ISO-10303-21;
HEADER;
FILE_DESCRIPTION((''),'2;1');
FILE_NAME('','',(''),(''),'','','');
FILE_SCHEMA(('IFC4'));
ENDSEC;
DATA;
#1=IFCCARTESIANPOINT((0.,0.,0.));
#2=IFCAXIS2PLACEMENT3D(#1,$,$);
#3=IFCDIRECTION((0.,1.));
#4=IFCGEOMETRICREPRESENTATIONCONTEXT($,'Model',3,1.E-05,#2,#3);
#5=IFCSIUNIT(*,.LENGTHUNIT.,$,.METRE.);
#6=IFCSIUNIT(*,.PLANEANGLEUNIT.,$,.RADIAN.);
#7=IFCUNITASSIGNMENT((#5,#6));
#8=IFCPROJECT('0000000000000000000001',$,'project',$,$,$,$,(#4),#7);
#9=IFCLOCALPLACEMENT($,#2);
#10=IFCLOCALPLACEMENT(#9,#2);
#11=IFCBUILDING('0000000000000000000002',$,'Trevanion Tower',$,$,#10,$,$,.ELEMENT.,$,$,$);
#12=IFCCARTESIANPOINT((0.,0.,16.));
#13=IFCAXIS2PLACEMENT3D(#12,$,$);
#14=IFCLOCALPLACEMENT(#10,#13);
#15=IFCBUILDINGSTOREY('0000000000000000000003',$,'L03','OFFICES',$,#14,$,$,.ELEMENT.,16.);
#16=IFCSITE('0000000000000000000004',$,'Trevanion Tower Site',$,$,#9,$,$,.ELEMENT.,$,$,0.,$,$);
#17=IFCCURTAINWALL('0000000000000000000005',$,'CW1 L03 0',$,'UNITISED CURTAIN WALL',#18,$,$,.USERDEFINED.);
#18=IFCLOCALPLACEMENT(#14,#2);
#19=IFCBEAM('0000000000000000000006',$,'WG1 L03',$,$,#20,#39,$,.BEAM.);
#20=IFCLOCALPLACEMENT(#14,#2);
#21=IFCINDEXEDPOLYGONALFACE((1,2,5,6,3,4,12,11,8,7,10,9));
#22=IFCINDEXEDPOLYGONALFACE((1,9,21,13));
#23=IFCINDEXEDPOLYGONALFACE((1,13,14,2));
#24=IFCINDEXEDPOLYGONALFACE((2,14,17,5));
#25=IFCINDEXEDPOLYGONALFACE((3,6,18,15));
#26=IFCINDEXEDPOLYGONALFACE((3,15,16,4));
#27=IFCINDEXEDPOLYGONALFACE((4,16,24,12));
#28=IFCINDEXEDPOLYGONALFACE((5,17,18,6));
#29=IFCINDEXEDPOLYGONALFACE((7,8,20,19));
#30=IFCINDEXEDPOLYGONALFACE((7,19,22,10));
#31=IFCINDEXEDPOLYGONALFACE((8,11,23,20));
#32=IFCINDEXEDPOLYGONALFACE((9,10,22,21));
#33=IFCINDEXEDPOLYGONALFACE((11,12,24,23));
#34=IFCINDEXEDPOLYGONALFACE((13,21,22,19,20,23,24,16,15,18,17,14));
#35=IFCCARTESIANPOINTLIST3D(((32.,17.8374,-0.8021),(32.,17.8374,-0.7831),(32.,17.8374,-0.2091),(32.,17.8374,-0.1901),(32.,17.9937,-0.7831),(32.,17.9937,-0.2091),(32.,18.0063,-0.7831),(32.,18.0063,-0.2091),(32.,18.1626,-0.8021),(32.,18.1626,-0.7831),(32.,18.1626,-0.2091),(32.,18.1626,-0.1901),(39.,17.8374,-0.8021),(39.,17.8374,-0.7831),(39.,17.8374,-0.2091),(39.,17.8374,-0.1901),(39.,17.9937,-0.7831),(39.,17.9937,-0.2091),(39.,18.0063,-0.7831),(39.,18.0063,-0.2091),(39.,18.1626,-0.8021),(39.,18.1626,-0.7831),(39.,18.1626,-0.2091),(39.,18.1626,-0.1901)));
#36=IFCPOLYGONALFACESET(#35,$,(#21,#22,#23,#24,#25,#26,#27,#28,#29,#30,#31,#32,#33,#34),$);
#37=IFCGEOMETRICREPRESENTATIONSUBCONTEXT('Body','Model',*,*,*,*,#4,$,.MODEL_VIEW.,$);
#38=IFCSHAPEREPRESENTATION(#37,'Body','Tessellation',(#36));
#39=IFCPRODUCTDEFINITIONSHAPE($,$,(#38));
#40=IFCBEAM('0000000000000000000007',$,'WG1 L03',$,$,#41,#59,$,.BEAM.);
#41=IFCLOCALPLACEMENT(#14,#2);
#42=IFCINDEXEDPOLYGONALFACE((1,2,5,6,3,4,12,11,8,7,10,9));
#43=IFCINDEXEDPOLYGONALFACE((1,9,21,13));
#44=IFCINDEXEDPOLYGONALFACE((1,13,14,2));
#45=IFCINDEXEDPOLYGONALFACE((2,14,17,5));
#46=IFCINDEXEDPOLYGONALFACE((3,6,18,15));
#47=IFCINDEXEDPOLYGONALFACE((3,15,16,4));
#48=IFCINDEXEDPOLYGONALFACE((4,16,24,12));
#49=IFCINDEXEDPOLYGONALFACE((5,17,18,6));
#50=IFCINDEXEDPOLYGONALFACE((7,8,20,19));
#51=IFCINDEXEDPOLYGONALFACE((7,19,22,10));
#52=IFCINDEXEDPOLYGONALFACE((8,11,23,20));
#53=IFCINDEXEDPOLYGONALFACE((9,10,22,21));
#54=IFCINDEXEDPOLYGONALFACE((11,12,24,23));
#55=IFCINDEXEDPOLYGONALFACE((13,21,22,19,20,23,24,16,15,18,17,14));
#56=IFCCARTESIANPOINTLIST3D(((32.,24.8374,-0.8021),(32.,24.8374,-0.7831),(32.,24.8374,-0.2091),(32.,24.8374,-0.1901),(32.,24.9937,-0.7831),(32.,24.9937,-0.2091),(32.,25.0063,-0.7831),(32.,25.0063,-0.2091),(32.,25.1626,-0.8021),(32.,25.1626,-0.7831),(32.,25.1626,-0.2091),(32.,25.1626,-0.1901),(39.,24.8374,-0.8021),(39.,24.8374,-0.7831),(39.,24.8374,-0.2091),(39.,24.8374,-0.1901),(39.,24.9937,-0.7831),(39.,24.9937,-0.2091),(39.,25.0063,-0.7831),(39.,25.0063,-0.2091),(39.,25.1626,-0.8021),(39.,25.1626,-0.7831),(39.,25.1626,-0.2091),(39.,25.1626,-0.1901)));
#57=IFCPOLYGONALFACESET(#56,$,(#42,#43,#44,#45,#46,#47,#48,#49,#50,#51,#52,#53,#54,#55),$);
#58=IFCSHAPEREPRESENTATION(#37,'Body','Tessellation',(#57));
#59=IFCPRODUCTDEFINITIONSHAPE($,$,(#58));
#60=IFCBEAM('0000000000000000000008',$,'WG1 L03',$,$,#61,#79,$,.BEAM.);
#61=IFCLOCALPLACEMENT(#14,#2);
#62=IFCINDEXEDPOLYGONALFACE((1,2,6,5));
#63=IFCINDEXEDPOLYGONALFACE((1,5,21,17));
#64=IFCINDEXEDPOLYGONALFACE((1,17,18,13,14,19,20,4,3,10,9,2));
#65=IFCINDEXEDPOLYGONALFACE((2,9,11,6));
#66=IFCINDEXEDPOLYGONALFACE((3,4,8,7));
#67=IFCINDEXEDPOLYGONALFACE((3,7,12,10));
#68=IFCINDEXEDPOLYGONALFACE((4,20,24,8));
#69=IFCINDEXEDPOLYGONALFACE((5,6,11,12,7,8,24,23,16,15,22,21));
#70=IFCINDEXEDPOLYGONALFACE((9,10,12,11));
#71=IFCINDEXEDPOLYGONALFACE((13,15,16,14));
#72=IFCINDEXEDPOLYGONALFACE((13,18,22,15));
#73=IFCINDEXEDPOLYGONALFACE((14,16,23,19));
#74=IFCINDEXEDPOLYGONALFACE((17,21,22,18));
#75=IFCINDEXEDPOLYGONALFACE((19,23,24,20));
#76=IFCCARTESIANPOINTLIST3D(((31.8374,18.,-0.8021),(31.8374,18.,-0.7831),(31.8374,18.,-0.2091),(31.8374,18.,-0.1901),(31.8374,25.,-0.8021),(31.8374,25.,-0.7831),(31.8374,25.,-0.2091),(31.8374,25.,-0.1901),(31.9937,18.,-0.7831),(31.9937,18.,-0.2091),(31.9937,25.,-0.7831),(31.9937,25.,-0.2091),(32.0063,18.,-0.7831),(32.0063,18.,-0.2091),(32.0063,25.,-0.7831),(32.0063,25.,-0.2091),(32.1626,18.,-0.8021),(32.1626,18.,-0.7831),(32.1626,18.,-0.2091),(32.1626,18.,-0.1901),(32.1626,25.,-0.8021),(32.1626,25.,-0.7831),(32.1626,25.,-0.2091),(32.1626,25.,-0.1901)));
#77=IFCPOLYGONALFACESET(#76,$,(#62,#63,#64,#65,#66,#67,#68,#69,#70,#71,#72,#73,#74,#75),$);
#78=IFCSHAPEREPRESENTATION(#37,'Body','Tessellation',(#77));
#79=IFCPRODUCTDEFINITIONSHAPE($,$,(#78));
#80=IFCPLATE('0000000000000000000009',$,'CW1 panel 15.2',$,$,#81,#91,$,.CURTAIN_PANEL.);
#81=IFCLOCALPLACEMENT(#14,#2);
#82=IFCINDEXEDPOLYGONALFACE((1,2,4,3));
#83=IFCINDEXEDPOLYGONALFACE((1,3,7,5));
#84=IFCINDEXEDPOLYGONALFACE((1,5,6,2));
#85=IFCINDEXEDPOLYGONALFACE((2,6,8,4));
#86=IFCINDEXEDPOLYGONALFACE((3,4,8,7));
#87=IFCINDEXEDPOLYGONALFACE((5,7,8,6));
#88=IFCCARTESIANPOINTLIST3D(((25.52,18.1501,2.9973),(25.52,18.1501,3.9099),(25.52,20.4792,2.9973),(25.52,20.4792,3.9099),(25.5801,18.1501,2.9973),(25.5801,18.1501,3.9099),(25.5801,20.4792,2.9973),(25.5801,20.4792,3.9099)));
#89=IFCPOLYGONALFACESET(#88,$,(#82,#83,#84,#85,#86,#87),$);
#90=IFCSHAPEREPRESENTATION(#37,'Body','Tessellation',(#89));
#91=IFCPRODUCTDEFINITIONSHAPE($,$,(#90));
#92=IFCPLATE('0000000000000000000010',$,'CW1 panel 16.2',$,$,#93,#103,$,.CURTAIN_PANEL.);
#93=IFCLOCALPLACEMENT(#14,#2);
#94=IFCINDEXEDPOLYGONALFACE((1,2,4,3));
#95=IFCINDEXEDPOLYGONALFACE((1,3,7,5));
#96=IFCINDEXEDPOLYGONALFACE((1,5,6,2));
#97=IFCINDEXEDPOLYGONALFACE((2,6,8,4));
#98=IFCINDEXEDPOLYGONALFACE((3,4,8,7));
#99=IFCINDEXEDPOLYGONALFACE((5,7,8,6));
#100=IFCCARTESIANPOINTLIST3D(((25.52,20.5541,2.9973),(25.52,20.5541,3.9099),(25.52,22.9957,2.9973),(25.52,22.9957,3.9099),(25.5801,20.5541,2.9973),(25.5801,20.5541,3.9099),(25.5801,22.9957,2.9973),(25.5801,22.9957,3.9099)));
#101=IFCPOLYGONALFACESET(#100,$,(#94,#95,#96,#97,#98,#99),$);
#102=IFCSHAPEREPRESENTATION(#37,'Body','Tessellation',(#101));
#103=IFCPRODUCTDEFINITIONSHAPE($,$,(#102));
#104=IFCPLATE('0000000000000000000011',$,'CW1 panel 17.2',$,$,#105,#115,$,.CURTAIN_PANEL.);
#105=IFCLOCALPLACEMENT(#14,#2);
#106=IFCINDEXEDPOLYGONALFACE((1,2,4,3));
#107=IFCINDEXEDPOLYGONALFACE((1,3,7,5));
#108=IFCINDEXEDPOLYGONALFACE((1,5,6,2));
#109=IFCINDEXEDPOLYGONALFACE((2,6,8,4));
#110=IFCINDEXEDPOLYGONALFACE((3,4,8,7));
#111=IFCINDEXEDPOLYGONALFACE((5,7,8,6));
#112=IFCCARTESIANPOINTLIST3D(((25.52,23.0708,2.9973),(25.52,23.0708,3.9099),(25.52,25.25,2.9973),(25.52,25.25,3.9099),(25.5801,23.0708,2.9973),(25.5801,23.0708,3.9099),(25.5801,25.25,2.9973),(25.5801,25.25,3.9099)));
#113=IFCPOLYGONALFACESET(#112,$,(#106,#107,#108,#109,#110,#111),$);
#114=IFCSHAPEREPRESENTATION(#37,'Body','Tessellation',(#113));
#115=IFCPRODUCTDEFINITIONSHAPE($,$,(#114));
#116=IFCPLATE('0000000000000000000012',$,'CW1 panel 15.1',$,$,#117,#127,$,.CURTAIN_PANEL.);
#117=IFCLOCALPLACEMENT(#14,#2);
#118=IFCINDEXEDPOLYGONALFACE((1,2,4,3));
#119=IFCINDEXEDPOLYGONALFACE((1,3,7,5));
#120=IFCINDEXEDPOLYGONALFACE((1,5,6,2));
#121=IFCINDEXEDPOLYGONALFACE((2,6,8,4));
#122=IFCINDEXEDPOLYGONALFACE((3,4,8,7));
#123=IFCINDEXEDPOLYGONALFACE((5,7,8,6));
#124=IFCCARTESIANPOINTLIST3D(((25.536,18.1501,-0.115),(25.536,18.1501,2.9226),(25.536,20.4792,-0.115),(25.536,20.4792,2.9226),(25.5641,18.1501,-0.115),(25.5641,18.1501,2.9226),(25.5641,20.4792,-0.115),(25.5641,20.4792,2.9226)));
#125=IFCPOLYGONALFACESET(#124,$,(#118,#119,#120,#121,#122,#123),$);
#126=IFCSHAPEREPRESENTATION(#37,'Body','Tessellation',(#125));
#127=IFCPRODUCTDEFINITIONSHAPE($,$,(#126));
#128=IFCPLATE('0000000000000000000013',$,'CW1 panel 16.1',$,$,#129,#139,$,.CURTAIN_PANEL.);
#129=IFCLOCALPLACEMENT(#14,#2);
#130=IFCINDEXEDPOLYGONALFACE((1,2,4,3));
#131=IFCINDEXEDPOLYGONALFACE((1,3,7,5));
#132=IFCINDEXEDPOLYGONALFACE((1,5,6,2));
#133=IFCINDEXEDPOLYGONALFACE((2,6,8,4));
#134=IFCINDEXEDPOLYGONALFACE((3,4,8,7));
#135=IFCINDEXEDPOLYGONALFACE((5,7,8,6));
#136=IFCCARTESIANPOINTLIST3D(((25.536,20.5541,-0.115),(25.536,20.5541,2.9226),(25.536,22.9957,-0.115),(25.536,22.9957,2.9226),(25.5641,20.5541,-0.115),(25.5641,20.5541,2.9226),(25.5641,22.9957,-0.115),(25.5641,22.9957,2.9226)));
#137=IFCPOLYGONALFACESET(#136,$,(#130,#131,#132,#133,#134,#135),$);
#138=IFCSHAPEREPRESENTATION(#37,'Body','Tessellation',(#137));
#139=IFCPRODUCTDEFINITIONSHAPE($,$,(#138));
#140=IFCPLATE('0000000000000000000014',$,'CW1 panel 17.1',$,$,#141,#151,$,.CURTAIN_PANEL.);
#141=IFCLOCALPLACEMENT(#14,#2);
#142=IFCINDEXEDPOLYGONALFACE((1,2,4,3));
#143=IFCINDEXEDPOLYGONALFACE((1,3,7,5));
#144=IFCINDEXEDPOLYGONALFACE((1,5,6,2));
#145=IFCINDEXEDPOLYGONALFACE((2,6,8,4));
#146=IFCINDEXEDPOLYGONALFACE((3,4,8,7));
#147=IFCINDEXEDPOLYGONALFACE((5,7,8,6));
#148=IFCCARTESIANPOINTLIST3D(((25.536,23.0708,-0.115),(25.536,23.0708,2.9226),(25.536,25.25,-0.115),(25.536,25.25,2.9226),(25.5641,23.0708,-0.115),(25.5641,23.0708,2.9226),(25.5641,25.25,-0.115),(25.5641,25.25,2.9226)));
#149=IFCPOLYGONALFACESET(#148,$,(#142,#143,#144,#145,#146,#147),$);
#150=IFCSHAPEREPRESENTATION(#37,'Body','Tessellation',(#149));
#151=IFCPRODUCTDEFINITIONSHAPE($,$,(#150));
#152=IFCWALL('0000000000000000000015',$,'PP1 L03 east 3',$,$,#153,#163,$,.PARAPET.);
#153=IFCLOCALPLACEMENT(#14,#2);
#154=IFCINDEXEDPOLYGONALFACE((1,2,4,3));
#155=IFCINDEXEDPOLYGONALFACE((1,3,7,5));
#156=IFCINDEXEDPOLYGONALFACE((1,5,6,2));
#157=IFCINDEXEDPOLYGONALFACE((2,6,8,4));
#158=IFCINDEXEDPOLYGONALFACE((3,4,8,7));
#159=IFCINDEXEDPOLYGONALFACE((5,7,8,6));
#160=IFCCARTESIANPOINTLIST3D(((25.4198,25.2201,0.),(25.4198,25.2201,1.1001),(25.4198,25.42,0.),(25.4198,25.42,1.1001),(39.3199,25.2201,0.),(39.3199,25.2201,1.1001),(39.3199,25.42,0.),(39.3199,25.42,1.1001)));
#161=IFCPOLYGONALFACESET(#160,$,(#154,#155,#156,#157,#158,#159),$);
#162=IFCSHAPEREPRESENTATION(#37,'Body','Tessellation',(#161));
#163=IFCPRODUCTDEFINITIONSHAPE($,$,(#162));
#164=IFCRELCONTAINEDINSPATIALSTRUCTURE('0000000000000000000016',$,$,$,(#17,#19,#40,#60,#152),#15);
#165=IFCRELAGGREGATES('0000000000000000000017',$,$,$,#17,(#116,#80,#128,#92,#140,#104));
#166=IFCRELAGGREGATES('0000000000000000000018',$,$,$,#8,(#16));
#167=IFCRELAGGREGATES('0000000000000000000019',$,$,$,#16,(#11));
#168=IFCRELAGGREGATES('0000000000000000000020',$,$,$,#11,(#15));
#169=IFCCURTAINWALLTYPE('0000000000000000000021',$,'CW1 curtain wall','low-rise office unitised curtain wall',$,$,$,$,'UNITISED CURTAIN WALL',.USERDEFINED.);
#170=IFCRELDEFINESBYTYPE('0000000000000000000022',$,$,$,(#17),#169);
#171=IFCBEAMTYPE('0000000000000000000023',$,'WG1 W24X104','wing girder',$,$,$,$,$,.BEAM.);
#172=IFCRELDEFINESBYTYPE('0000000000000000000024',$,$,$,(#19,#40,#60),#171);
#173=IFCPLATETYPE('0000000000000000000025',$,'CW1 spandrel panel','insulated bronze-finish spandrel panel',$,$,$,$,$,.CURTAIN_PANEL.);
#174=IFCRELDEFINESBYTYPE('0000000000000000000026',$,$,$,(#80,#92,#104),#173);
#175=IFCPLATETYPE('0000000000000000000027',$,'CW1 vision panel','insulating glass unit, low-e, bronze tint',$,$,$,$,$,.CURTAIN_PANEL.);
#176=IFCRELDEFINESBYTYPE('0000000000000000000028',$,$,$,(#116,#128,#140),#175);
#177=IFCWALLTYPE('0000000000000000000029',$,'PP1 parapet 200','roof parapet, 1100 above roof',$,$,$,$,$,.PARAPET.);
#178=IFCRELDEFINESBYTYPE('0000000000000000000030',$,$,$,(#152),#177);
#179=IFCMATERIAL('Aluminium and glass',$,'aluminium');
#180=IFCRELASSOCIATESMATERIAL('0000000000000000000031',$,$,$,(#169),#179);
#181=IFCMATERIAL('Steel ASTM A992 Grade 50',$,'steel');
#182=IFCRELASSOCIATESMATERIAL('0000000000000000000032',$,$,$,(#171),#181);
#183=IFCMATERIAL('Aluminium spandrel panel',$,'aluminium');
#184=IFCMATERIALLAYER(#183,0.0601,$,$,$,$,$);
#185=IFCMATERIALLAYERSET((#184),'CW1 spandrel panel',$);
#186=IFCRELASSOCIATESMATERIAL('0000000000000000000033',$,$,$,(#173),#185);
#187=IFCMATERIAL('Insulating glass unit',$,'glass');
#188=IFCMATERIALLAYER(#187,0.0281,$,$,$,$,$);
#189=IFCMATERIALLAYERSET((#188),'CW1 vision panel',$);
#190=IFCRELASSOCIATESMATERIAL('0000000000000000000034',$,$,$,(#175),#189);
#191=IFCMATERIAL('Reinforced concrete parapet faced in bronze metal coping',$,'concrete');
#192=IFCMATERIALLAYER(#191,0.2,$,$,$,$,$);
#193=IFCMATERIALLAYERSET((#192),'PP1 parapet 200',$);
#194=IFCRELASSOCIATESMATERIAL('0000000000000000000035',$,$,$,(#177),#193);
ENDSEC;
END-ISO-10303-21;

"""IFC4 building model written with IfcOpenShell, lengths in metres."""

from ifc_helpers import new_model, si_unit, direction, frame, frame_2d, origin, origin_2d, place, context, subcontext, project, spatial, rectangle, i_section, extrude, material, layer, layer_set, material_profile, profile_set, type_object, element, aggregate, save


model = new_model("IFC4")

# Units and contexts
model_context = context("Model", 3, precision=1e-05, world=origin(), true_north=direction((0.0, 1.0)))
body_context = subcontext(model_context, "Body", "Model", "MODEL_VIEW")
ifc_project = project(units=[si_unit("LENGTHUNIT", "METRE"), si_unit("PLANEANGLEUNIT", "RADIAN")], contexts=[model_context])

# Site, building, storey
site_placement = place(None, origin())
site = spatial("IfcSite", under=ifc_project, at=site_placement, Name="Trevanion Tower Site", CompositionType="ELEMENT", RefElevation=0.0)
building_placement = place(site_placement, origin())
building = spatial("IfcBuilding", under=site, at=building_placement, Name="Trevanion Tower", CompositionType="ELEMENT")
storey_placement = place(building_placement, frame((0.0, 0.0, 16.0)))
storey = spatial("IfcBuildingStorey", under=building, at=storey_placement, Name="L03", Description="OFFICES", CompositionType="ELEMENT", Elevation=16.0)

# Curtain wall
ifc_material_1 = material(Name="Aluminium and glass", Category="aluminium")
curtain_wall_type = type_object("IfcCurtainWallType", Name="CW1 curtain wall", Description="low-rise office unitised curtain wall", ElementType="UNITISED CURTAIN WALL", PredefinedType="USERDEFINED", material=ifc_material_1)
curtain_wall_placement = place(storey_placement, origin())
curtain_wall = element("IfcCurtainWall", 1, at=curtain_wall_placement, inside=storey, type_object=curtain_wall_type, Name="CW1 L03 0", ObjectType="UNITISED CURTAIN WALL", PredefinedType="USERDEFINED")

# Beams
ifc_material_2 = material(Name="Steel ASTM A992 Grade 50", Category="steel")
ifc_material_profile_1 = material_profile(ifc_material_2, i_section(OverallWidth=0.3252, OverallDepth=0.6121, WebThickness=0.0127, FlangeThickness=0.019, at=origin_2d()), Name="W24X104")
ifc_profile_set_1 = profile_set([ifc_material_profile_1], Name="Steel ASTM A992 Grade 50")
beam_type_1 = type_object("IfcBeamType", Name="WG1 W24X104", Description="wing girder", PredefinedType="BEAM", material=ifc_profile_set_1)
for number, where, z_axis, x_axis, name in (
    (2, (32.0, 18.0, -0.4961), (1.0, 0.0, 0.0), (0.0, 1.0, 0.0), "WG1 L03"),
    (3, (32.0, 25.0, -0.4961), (1.0, 0.0, 0.0), (0.0, 1.0, 0.0), "WG1 L03"),
    (4, (32.0, 18.0, -0.4961), (0.0, 1.0, 0.0), (-1.0, 0.0, 0.0), "WG1 L03"),
):
    element("IfcBeam", number, at=place(storey_placement, frame(where, z_axis=z_axis, x_axis=x_axis)), inside=storey, type_object=beam_type_1, Name=name, PredefinedType="BEAM", context=body_context, shape_type="SweptSolid", body=[
        extrude(i_section(OverallWidth=0.3252, OverallDepth=0.6121, WebThickness=0.0127, FlangeThickness=0.019, at=origin_2d()), origin(), (0.0, 0.0, 1.0), 7.0),
    ])

# Plates
ifc_material_3 = material(Name="Aluminium spandrel panel", Category="aluminium")
ifc_layer_1 = layer(ifc_material_3, 0.0601)
ifc_layer_set_1 = layer_set([ifc_layer_1], Name="CW1 spandrel panel")
plate_type_1 = type_object("IfcPlateType", Name="CW1 spandrel panel", Description="insulated bronze-finish spandrel panel", PredefinedType="CURTAIN_PANEL", material=ifc_layer_set_1)
plate_1_placement = place(storey_placement, frame((25.55, 19.3147, 2.9973), z_axis=(0.0, 0.0, 1.0), x_axis=(0.0, 1.0, 0.0)))
plate_1 = element("IfcPlate", 5, at=plate_1_placement, type_object=plate_type_1, Name="CW1 panel 15.2", PredefinedType="CURTAIN_PANEL", context=body_context, shape_type="SweptSolid", body=[
    extrude(rectangle(XDim=2.3291, YDim=0.0601, at=origin_2d()), origin(), (0.0, 0.0, 1.0), 0.9126),
])
plate_2_placement = place(storey_placement, frame((25.55, 21.7749, 2.9973), z_axis=(0.0, 0.0, 1.0), x_axis=(0.0, 1.0, 0.0)))
plate_2 = element("IfcPlate", 6, at=plate_2_placement, type_object=plate_type_1, Name="CW1 panel 16.2", PredefinedType="CURTAIN_PANEL", context=body_context, shape_type="SweptSolid", body=[
    extrude(rectangle(XDim=2.4417, YDim=0.0601, at=origin_2d()), origin(), (0.0, 0.0, 1.0), 0.9126),
])
plate_3_placement = place(storey_placement, frame((25.55, 24.1604, 2.9973), z_axis=(0.0, 0.0, 1.0), x_axis=(0.0, 1.0, 0.0)))
plate_3 = element("IfcPlate", 7, at=plate_3_placement, type_object=plate_type_1, Name="CW1 panel 17.2", PredefinedType="CURTAIN_PANEL", context=body_context, shape_type="SweptSolid", body=[
    extrude(rectangle(XDim=2.1792, YDim=0.0601, at=origin_2d()), origin(), (0.0, 0.0, 1.0), 0.9126),
])
ifc_material_4 = material(Name="Insulating glass unit", Category="glass")
ifc_layer_2 = layer(ifc_material_4, 0.0281)
ifc_layer_set_2 = layer_set([ifc_layer_2], Name="CW1 vision panel")
plate_type_2 = type_object("IfcPlateType", Name="CW1 vision panel", Description="insulating glass unit, low-e, bronze tint", PredefinedType="CURTAIN_PANEL", material=ifc_layer_set_2)
plate_4_placement = place(storey_placement, frame((25.55, 19.3147, -0.115), z_axis=(0.0, 0.0, 1.0), x_axis=(0.0, 1.0, 0.0)))
plate_4 = element("IfcPlate", 8, at=plate_4_placement, type_object=plate_type_2, Name="CW1 panel 15.1", PredefinedType="CURTAIN_PANEL", context=body_context, shape_type="SweptSolid", body=[
    extrude(rectangle(XDim=2.3291, YDim=0.0281, at=origin_2d()), origin(), (0.0, 0.0, 1.0), 3.0376),
])
plate_5_placement = place(storey_placement, frame((25.55, 21.7749, -0.115), z_axis=(0.0, 0.0, 1.0), x_axis=(0.0, 1.0, 0.0)))
plate_5 = element("IfcPlate", 9, at=plate_5_placement, type_object=plate_type_2, Name="CW1 panel 16.1", PredefinedType="CURTAIN_PANEL", context=body_context, shape_type="SweptSolid", body=[
    extrude(rectangle(XDim=2.4417, YDim=0.0281, at=origin_2d()), origin(), (0.0, 0.0, 1.0), 3.0376),
])
plate_6_placement = place(storey_placement, frame((25.55, 24.1604, -0.115), z_axis=(0.0, 0.0, 1.0), x_axis=(0.0, 1.0, 0.0)))
plate_6 = element("IfcPlate", 10, at=plate_6_placement, type_object=plate_type_2, Name="CW1 panel 17.1", PredefinedType="CURTAIN_PANEL", context=body_context, shape_type="SweptSolid", body=[
    extrude(rectangle(XDim=2.1792, YDim=0.0281, at=origin_2d()), origin(), (0.0, 0.0, 1.0), 3.0376),
])
aggregate(curtain_wall, [plate_4, plate_1, plate_5, plate_2, plate_6, plate_3])

# Wall
ifc_material_5 = material(Name="Reinforced concrete parapet faced in bronze metal coping", Category="concrete")
ifc_layer_3 = layer(ifc_material_5, 0.2)
ifc_layer_set_3 = layer_set([ifc_layer_3], Name="PP1 parapet 200")
wall_type = type_object("IfcWallType", Name="PP1 parapet 200", Description="roof parapet, 1100 above roof", PredefinedType="PARAPET", material=ifc_layer_set_3)
wall_placement = place(storey_placement, frame((39.3201, 25.3201, 0.0), z_axis=(0.0, 0.0, 1.0), x_axis=(-1.0, 0.0, 0.0)))
element("IfcWall", 11, at=wall_placement, inside=storey, type_object=wall_type, Name="PP1 L03 east 3", PredefinedType="PARAPET", context=body_context, shape_type="SweptSolid", body=[
    extrude(rectangle(XDim=13.9001, YDim=0.2, at=frame_2d((6.9502, 0.0))), origin(), (0.0, 0.0, 1.0), 1.1001),
])

save(model, "model.ifc")
